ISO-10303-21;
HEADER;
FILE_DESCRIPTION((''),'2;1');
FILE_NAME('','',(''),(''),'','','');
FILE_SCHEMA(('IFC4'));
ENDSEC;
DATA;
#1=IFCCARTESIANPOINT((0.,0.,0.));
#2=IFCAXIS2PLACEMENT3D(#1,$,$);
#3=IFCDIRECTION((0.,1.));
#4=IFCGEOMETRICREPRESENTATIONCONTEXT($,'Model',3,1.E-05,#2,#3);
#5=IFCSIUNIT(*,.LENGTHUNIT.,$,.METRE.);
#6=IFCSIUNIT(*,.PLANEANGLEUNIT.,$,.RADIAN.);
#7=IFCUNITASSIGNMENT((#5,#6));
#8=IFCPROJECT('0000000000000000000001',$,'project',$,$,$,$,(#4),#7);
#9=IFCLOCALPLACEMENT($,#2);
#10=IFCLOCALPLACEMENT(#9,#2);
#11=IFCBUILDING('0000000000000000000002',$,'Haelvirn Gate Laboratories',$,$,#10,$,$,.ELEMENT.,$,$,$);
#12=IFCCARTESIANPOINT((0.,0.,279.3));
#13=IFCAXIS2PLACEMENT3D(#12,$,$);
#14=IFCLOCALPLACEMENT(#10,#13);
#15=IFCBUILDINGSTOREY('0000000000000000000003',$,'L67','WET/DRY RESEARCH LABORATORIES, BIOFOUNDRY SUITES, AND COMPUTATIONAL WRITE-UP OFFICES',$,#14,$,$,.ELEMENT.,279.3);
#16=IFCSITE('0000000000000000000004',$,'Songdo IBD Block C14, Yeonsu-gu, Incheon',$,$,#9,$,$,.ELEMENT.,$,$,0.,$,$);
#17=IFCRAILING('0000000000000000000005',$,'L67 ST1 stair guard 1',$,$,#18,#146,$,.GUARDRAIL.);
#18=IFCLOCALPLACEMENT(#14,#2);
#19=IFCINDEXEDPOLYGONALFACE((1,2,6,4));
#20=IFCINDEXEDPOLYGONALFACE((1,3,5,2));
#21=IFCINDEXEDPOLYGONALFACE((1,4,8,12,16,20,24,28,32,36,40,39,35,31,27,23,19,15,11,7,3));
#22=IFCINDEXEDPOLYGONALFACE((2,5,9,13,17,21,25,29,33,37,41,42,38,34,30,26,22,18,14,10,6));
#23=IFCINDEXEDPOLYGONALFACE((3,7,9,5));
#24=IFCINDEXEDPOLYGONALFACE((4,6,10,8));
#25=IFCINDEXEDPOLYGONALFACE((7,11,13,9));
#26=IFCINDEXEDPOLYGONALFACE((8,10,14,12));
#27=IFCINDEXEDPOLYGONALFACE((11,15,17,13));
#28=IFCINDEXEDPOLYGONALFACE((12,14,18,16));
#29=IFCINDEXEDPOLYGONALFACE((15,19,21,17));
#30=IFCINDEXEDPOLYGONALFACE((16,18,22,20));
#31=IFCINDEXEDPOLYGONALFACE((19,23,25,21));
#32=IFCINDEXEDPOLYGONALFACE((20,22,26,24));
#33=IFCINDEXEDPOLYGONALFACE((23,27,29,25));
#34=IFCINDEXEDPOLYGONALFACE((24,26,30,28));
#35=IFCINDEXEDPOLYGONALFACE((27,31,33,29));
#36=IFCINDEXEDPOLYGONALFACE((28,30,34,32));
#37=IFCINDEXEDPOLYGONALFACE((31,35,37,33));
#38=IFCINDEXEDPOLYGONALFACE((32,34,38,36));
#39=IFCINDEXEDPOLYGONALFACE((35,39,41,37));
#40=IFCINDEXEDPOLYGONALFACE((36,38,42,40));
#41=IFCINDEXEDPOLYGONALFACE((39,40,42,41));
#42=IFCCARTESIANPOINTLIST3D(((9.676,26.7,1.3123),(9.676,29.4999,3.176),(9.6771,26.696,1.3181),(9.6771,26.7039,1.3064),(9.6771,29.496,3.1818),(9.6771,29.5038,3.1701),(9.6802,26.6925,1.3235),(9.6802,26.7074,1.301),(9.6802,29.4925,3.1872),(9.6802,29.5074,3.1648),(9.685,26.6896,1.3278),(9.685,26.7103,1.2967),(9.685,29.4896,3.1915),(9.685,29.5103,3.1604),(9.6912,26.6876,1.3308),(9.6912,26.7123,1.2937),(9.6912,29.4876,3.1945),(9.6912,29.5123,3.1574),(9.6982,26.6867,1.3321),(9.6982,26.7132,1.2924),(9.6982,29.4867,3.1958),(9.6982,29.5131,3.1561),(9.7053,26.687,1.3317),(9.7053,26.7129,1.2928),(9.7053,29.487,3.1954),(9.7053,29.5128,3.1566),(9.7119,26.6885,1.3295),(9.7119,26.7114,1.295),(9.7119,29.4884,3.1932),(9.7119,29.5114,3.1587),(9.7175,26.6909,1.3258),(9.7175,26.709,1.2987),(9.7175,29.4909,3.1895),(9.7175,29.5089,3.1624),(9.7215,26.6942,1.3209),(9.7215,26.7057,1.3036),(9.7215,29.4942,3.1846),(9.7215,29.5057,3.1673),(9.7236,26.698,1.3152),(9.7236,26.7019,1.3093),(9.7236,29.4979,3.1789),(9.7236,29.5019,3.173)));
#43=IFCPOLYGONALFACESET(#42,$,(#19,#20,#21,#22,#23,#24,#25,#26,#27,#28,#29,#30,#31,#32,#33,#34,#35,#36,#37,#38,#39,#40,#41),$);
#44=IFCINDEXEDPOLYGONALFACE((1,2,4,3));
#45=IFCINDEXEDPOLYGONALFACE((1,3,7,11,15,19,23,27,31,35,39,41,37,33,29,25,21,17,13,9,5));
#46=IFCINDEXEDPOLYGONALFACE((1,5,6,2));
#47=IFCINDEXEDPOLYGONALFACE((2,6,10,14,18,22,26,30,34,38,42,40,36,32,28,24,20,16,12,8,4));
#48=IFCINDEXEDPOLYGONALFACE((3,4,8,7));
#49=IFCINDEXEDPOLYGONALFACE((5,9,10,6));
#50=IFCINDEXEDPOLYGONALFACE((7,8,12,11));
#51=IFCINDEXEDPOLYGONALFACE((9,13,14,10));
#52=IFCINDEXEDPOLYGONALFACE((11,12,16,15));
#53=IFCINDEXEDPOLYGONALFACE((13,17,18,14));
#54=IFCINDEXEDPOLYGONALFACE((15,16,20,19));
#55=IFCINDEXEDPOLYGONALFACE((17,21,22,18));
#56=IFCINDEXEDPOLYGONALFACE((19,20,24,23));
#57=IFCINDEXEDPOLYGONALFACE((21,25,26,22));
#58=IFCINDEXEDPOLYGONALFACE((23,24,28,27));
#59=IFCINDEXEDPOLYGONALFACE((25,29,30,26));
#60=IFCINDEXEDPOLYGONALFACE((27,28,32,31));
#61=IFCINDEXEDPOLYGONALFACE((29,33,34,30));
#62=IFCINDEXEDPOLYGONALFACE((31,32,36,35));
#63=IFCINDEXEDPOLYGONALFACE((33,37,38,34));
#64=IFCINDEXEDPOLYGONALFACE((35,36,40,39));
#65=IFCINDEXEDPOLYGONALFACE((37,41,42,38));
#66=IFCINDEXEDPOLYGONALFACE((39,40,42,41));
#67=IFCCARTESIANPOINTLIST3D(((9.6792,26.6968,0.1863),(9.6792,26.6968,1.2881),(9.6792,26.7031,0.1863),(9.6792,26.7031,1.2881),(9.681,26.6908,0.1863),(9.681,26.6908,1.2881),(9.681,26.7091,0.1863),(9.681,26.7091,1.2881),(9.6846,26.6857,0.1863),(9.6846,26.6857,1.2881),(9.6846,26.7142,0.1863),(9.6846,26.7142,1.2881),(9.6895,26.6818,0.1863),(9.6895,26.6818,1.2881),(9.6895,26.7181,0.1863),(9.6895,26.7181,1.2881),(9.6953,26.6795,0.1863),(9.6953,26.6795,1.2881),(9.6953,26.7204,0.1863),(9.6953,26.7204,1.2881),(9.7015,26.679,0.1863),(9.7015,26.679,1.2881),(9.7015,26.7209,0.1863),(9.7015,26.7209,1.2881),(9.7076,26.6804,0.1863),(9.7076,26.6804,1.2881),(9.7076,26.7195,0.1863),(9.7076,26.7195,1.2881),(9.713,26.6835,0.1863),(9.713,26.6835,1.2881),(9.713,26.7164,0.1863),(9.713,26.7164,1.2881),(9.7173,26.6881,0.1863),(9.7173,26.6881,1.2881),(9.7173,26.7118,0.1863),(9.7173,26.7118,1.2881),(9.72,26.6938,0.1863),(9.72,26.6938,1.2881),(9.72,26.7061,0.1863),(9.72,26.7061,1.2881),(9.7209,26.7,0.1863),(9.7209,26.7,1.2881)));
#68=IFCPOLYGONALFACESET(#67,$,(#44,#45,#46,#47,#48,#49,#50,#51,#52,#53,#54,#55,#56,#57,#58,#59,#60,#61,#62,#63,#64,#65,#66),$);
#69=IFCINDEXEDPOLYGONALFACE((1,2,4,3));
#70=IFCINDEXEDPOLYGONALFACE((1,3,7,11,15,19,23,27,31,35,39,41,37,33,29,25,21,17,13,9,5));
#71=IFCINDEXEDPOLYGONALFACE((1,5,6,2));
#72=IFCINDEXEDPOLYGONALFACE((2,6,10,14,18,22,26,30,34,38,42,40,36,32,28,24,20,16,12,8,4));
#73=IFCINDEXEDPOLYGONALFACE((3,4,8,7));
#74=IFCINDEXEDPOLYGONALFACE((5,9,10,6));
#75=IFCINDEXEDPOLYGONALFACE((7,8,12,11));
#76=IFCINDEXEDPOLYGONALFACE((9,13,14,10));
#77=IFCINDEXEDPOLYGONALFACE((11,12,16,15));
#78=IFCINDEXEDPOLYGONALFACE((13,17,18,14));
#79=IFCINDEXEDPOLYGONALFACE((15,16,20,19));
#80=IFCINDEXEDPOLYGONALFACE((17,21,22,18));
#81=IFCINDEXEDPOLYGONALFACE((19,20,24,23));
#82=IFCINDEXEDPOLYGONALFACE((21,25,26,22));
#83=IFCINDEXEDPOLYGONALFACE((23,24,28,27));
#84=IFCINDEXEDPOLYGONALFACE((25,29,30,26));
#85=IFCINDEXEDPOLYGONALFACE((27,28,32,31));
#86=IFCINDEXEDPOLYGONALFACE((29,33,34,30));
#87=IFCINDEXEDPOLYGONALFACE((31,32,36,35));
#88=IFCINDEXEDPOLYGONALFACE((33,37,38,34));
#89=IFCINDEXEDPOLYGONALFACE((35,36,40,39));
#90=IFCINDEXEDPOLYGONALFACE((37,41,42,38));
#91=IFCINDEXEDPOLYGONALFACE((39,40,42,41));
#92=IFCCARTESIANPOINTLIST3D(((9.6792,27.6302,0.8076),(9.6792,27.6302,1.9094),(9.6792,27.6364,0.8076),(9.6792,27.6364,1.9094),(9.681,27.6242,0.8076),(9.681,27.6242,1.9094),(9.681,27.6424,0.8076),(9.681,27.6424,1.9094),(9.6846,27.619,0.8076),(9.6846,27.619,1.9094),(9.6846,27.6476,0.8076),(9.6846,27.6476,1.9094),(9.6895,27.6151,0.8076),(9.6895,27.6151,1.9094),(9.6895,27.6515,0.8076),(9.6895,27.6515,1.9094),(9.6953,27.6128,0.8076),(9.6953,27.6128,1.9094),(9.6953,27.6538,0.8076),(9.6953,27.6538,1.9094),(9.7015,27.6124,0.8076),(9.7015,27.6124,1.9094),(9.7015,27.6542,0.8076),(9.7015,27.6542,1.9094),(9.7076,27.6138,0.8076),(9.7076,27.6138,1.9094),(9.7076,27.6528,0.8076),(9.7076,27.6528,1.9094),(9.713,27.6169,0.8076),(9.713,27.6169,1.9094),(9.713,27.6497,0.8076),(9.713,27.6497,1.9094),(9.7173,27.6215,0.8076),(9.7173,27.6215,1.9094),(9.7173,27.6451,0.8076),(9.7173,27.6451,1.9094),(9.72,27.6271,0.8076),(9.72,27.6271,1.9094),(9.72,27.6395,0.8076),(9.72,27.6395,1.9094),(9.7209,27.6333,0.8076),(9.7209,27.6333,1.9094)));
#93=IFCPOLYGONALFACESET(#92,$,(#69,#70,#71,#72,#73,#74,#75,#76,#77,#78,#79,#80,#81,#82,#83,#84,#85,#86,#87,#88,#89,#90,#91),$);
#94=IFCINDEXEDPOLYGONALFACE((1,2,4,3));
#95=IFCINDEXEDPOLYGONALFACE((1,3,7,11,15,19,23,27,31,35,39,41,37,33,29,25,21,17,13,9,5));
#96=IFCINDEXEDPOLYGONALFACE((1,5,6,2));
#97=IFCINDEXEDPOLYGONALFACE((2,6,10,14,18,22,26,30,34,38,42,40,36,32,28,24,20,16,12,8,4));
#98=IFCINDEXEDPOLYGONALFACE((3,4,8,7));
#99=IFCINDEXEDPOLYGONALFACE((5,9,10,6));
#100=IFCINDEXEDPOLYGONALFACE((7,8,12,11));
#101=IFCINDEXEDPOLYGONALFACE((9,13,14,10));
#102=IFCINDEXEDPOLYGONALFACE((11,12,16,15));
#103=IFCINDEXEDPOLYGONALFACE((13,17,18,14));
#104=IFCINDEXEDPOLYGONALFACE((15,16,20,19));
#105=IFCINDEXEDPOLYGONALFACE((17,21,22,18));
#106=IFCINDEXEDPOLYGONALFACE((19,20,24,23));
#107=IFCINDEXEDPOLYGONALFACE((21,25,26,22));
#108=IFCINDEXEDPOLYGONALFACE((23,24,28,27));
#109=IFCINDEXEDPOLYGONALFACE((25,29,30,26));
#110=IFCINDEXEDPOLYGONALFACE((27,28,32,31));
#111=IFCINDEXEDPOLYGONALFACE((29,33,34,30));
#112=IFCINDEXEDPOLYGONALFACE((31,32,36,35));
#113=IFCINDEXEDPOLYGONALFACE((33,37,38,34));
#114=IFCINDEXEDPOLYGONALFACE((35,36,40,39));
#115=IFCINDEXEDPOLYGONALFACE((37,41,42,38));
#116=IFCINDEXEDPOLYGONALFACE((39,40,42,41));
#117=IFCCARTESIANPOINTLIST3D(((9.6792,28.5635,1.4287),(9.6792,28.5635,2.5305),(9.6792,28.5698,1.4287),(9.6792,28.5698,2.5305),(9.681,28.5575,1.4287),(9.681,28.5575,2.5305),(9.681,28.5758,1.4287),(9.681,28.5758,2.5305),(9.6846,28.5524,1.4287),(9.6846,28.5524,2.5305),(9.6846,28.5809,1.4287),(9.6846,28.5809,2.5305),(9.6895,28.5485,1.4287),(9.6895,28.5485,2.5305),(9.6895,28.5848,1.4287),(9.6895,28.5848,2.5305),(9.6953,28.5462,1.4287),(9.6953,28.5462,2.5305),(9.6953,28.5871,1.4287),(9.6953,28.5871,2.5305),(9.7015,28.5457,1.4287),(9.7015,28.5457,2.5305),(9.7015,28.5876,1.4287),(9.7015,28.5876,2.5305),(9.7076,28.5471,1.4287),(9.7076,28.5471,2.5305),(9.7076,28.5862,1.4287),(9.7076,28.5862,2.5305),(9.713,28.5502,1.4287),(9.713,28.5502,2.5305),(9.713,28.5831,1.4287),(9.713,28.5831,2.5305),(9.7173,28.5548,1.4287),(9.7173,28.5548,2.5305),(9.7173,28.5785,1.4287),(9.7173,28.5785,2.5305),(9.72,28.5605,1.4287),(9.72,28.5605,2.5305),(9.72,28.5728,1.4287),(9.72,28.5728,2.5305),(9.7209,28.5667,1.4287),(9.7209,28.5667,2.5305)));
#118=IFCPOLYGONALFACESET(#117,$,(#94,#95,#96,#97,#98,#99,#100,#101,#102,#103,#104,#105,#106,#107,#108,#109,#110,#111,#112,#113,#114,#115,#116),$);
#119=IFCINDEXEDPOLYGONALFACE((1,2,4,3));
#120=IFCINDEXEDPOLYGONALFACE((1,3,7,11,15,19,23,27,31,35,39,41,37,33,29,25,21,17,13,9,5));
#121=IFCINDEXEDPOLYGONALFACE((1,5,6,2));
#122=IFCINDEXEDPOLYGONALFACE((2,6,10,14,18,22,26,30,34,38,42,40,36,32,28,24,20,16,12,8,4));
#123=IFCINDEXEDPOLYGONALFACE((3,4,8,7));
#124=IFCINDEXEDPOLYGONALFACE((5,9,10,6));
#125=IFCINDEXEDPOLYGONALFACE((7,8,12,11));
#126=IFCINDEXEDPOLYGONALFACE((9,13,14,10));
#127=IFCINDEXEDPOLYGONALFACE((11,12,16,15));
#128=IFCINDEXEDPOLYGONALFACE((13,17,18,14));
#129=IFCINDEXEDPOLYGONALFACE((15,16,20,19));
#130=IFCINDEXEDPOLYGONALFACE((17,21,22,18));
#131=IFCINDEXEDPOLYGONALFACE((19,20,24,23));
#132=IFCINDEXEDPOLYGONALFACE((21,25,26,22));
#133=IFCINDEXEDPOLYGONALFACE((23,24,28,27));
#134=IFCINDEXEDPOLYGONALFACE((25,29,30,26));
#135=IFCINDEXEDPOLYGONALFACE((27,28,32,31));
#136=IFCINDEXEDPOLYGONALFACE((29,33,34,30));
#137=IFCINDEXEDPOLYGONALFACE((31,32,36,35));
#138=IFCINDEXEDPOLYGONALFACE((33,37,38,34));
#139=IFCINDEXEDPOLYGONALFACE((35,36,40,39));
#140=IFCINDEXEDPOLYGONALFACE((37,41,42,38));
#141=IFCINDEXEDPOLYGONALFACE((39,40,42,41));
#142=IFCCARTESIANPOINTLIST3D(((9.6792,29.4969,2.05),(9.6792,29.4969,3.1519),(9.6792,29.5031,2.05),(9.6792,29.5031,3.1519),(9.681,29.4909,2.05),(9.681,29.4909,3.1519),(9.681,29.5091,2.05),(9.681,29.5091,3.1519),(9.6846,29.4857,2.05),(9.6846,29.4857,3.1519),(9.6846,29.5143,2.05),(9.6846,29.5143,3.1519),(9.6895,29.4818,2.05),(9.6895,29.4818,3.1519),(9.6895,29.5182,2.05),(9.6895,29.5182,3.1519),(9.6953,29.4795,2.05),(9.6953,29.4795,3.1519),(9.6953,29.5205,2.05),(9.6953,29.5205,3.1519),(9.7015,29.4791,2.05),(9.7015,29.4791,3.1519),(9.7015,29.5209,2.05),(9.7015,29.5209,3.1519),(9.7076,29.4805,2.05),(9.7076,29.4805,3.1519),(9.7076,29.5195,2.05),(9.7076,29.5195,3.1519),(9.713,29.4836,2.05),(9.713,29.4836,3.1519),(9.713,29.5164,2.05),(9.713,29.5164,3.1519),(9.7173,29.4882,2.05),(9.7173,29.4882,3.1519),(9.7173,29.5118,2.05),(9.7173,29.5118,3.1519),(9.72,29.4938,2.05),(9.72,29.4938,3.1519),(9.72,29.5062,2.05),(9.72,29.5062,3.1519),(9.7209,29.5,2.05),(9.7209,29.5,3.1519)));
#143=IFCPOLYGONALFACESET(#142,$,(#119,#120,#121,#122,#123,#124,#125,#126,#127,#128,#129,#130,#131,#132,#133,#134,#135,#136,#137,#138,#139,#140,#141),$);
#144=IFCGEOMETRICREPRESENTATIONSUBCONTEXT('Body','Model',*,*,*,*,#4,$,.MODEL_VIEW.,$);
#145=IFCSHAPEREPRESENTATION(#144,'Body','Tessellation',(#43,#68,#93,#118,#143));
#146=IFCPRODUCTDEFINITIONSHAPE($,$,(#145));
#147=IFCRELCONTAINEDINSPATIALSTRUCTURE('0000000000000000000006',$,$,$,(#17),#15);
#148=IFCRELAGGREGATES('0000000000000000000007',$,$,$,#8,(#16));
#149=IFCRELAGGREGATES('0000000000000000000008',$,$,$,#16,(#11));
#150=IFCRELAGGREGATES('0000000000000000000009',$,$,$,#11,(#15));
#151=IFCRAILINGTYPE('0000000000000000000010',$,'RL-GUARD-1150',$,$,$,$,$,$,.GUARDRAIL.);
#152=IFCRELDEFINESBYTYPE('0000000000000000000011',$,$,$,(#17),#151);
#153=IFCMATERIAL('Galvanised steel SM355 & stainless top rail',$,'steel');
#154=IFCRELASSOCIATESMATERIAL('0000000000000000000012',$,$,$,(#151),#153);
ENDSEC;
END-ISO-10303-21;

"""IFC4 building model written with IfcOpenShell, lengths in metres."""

from ifc_helpers import new_model, si_unit, direction, frame, origin, origin_2d, place, context, subcontext, project, spatial, circle, extrude, source, transform, mapped, material, type_object, element, save


model = new_model("IFC4")

# Units and contexts
model_context = context("Model", 3, precision=1e-05, world=origin(), true_north=direction((0.0, 1.0)))
body_context = subcontext(model_context, "Body", "Model", "MODEL_VIEW")
ifc_project = project(units=[si_unit("LENGTHUNIT", "METRE"), si_unit("PLANEANGLEUNIT", "RADIAN")], contexts=[model_context])

# Site, building, storey
site_placement = place(None, origin())
site = spatial("IfcSite", under=ifc_project, at=site_placement, Name="Songdo IBD Block C14, Yeonsu-gu, Incheon", CompositionType="ELEMENT", RefElevation=0.0)
building_placement = place(site_placement, origin())
building = spatial("IfcBuilding", under=site, at=building_placement, Name="Haelvirn Gate Laboratories", CompositionType="ELEMENT")
storey_placement = place(building_placement, frame((0.0, 0.0, 279.3)))
storey = spatial("IfcBuildingStorey", under=building, at=storey_placement, Name="L67", Description="WET/DRY RESEARCH LABORATORIES, BIOFOUNDRY SUITES, AND COMPUTATIONAL WRITE-UP OFFICES", CompositionType="ELEMENT", Elevation=279.3)

# Railing
ifc_material_1 = material(Name="Galvanised steel SM355 & stainless top rail", Category="steel")
railing_type_1 = type_object("IfcRailingType", Name="RL-GUARD-1150", PredefinedType="GUARDRAIL", material=ifc_material_1)
shared_shape_1 = source(origin(), body_context, "Body", "SweptSolid", [
    extrude(circle(Radius=0.0239, at=origin_2d()), frame((0.0, 0.0, 1.126), z_axis=(0.0, 0.832452, 0.554097), x_axis=(-1.0, 0.0, 0.0)), (0.0, 0.0, 1.0), 3.3635),
    extrude(circle(Radius=0.021, at=origin_2d()), origin(), (0.0, 0.0, 1.0), 1.1018),
    extrude(circle(Radius=0.021, at=origin_2d()), frame((0.0, 0.9333, 0.6213)), (0.0, 0.0, 1.0), 1.1018),
    extrude(circle(Radius=0.021, at=origin_2d()), frame((0.0, 1.8667, 1.2424)), (0.0, 0.0, 1.0), 1.1018),
    extrude(circle(Radius=0.021, at=origin_2d()), frame((0.0, 2.8, 1.8638)), (0.0, 0.0, 1.0), 1.1018),
])
railing_1_placement = place(storey_placement, frame((9.7, 26.7, 0.1863)))
element("IfcRailing", 1, at=railing_1_placement, inside=storey, type_object=railing_type_1, Name="L67 ST1 stair guard 1", PredefinedType="GUARDRAIL", context=body_context, shape_type="MappedRepresentation", body=[
    mapped(shared_shape_1, transform((0.0, 0.0, 0.0), scale=1.0)),
])

save(model, "model.ifc")
